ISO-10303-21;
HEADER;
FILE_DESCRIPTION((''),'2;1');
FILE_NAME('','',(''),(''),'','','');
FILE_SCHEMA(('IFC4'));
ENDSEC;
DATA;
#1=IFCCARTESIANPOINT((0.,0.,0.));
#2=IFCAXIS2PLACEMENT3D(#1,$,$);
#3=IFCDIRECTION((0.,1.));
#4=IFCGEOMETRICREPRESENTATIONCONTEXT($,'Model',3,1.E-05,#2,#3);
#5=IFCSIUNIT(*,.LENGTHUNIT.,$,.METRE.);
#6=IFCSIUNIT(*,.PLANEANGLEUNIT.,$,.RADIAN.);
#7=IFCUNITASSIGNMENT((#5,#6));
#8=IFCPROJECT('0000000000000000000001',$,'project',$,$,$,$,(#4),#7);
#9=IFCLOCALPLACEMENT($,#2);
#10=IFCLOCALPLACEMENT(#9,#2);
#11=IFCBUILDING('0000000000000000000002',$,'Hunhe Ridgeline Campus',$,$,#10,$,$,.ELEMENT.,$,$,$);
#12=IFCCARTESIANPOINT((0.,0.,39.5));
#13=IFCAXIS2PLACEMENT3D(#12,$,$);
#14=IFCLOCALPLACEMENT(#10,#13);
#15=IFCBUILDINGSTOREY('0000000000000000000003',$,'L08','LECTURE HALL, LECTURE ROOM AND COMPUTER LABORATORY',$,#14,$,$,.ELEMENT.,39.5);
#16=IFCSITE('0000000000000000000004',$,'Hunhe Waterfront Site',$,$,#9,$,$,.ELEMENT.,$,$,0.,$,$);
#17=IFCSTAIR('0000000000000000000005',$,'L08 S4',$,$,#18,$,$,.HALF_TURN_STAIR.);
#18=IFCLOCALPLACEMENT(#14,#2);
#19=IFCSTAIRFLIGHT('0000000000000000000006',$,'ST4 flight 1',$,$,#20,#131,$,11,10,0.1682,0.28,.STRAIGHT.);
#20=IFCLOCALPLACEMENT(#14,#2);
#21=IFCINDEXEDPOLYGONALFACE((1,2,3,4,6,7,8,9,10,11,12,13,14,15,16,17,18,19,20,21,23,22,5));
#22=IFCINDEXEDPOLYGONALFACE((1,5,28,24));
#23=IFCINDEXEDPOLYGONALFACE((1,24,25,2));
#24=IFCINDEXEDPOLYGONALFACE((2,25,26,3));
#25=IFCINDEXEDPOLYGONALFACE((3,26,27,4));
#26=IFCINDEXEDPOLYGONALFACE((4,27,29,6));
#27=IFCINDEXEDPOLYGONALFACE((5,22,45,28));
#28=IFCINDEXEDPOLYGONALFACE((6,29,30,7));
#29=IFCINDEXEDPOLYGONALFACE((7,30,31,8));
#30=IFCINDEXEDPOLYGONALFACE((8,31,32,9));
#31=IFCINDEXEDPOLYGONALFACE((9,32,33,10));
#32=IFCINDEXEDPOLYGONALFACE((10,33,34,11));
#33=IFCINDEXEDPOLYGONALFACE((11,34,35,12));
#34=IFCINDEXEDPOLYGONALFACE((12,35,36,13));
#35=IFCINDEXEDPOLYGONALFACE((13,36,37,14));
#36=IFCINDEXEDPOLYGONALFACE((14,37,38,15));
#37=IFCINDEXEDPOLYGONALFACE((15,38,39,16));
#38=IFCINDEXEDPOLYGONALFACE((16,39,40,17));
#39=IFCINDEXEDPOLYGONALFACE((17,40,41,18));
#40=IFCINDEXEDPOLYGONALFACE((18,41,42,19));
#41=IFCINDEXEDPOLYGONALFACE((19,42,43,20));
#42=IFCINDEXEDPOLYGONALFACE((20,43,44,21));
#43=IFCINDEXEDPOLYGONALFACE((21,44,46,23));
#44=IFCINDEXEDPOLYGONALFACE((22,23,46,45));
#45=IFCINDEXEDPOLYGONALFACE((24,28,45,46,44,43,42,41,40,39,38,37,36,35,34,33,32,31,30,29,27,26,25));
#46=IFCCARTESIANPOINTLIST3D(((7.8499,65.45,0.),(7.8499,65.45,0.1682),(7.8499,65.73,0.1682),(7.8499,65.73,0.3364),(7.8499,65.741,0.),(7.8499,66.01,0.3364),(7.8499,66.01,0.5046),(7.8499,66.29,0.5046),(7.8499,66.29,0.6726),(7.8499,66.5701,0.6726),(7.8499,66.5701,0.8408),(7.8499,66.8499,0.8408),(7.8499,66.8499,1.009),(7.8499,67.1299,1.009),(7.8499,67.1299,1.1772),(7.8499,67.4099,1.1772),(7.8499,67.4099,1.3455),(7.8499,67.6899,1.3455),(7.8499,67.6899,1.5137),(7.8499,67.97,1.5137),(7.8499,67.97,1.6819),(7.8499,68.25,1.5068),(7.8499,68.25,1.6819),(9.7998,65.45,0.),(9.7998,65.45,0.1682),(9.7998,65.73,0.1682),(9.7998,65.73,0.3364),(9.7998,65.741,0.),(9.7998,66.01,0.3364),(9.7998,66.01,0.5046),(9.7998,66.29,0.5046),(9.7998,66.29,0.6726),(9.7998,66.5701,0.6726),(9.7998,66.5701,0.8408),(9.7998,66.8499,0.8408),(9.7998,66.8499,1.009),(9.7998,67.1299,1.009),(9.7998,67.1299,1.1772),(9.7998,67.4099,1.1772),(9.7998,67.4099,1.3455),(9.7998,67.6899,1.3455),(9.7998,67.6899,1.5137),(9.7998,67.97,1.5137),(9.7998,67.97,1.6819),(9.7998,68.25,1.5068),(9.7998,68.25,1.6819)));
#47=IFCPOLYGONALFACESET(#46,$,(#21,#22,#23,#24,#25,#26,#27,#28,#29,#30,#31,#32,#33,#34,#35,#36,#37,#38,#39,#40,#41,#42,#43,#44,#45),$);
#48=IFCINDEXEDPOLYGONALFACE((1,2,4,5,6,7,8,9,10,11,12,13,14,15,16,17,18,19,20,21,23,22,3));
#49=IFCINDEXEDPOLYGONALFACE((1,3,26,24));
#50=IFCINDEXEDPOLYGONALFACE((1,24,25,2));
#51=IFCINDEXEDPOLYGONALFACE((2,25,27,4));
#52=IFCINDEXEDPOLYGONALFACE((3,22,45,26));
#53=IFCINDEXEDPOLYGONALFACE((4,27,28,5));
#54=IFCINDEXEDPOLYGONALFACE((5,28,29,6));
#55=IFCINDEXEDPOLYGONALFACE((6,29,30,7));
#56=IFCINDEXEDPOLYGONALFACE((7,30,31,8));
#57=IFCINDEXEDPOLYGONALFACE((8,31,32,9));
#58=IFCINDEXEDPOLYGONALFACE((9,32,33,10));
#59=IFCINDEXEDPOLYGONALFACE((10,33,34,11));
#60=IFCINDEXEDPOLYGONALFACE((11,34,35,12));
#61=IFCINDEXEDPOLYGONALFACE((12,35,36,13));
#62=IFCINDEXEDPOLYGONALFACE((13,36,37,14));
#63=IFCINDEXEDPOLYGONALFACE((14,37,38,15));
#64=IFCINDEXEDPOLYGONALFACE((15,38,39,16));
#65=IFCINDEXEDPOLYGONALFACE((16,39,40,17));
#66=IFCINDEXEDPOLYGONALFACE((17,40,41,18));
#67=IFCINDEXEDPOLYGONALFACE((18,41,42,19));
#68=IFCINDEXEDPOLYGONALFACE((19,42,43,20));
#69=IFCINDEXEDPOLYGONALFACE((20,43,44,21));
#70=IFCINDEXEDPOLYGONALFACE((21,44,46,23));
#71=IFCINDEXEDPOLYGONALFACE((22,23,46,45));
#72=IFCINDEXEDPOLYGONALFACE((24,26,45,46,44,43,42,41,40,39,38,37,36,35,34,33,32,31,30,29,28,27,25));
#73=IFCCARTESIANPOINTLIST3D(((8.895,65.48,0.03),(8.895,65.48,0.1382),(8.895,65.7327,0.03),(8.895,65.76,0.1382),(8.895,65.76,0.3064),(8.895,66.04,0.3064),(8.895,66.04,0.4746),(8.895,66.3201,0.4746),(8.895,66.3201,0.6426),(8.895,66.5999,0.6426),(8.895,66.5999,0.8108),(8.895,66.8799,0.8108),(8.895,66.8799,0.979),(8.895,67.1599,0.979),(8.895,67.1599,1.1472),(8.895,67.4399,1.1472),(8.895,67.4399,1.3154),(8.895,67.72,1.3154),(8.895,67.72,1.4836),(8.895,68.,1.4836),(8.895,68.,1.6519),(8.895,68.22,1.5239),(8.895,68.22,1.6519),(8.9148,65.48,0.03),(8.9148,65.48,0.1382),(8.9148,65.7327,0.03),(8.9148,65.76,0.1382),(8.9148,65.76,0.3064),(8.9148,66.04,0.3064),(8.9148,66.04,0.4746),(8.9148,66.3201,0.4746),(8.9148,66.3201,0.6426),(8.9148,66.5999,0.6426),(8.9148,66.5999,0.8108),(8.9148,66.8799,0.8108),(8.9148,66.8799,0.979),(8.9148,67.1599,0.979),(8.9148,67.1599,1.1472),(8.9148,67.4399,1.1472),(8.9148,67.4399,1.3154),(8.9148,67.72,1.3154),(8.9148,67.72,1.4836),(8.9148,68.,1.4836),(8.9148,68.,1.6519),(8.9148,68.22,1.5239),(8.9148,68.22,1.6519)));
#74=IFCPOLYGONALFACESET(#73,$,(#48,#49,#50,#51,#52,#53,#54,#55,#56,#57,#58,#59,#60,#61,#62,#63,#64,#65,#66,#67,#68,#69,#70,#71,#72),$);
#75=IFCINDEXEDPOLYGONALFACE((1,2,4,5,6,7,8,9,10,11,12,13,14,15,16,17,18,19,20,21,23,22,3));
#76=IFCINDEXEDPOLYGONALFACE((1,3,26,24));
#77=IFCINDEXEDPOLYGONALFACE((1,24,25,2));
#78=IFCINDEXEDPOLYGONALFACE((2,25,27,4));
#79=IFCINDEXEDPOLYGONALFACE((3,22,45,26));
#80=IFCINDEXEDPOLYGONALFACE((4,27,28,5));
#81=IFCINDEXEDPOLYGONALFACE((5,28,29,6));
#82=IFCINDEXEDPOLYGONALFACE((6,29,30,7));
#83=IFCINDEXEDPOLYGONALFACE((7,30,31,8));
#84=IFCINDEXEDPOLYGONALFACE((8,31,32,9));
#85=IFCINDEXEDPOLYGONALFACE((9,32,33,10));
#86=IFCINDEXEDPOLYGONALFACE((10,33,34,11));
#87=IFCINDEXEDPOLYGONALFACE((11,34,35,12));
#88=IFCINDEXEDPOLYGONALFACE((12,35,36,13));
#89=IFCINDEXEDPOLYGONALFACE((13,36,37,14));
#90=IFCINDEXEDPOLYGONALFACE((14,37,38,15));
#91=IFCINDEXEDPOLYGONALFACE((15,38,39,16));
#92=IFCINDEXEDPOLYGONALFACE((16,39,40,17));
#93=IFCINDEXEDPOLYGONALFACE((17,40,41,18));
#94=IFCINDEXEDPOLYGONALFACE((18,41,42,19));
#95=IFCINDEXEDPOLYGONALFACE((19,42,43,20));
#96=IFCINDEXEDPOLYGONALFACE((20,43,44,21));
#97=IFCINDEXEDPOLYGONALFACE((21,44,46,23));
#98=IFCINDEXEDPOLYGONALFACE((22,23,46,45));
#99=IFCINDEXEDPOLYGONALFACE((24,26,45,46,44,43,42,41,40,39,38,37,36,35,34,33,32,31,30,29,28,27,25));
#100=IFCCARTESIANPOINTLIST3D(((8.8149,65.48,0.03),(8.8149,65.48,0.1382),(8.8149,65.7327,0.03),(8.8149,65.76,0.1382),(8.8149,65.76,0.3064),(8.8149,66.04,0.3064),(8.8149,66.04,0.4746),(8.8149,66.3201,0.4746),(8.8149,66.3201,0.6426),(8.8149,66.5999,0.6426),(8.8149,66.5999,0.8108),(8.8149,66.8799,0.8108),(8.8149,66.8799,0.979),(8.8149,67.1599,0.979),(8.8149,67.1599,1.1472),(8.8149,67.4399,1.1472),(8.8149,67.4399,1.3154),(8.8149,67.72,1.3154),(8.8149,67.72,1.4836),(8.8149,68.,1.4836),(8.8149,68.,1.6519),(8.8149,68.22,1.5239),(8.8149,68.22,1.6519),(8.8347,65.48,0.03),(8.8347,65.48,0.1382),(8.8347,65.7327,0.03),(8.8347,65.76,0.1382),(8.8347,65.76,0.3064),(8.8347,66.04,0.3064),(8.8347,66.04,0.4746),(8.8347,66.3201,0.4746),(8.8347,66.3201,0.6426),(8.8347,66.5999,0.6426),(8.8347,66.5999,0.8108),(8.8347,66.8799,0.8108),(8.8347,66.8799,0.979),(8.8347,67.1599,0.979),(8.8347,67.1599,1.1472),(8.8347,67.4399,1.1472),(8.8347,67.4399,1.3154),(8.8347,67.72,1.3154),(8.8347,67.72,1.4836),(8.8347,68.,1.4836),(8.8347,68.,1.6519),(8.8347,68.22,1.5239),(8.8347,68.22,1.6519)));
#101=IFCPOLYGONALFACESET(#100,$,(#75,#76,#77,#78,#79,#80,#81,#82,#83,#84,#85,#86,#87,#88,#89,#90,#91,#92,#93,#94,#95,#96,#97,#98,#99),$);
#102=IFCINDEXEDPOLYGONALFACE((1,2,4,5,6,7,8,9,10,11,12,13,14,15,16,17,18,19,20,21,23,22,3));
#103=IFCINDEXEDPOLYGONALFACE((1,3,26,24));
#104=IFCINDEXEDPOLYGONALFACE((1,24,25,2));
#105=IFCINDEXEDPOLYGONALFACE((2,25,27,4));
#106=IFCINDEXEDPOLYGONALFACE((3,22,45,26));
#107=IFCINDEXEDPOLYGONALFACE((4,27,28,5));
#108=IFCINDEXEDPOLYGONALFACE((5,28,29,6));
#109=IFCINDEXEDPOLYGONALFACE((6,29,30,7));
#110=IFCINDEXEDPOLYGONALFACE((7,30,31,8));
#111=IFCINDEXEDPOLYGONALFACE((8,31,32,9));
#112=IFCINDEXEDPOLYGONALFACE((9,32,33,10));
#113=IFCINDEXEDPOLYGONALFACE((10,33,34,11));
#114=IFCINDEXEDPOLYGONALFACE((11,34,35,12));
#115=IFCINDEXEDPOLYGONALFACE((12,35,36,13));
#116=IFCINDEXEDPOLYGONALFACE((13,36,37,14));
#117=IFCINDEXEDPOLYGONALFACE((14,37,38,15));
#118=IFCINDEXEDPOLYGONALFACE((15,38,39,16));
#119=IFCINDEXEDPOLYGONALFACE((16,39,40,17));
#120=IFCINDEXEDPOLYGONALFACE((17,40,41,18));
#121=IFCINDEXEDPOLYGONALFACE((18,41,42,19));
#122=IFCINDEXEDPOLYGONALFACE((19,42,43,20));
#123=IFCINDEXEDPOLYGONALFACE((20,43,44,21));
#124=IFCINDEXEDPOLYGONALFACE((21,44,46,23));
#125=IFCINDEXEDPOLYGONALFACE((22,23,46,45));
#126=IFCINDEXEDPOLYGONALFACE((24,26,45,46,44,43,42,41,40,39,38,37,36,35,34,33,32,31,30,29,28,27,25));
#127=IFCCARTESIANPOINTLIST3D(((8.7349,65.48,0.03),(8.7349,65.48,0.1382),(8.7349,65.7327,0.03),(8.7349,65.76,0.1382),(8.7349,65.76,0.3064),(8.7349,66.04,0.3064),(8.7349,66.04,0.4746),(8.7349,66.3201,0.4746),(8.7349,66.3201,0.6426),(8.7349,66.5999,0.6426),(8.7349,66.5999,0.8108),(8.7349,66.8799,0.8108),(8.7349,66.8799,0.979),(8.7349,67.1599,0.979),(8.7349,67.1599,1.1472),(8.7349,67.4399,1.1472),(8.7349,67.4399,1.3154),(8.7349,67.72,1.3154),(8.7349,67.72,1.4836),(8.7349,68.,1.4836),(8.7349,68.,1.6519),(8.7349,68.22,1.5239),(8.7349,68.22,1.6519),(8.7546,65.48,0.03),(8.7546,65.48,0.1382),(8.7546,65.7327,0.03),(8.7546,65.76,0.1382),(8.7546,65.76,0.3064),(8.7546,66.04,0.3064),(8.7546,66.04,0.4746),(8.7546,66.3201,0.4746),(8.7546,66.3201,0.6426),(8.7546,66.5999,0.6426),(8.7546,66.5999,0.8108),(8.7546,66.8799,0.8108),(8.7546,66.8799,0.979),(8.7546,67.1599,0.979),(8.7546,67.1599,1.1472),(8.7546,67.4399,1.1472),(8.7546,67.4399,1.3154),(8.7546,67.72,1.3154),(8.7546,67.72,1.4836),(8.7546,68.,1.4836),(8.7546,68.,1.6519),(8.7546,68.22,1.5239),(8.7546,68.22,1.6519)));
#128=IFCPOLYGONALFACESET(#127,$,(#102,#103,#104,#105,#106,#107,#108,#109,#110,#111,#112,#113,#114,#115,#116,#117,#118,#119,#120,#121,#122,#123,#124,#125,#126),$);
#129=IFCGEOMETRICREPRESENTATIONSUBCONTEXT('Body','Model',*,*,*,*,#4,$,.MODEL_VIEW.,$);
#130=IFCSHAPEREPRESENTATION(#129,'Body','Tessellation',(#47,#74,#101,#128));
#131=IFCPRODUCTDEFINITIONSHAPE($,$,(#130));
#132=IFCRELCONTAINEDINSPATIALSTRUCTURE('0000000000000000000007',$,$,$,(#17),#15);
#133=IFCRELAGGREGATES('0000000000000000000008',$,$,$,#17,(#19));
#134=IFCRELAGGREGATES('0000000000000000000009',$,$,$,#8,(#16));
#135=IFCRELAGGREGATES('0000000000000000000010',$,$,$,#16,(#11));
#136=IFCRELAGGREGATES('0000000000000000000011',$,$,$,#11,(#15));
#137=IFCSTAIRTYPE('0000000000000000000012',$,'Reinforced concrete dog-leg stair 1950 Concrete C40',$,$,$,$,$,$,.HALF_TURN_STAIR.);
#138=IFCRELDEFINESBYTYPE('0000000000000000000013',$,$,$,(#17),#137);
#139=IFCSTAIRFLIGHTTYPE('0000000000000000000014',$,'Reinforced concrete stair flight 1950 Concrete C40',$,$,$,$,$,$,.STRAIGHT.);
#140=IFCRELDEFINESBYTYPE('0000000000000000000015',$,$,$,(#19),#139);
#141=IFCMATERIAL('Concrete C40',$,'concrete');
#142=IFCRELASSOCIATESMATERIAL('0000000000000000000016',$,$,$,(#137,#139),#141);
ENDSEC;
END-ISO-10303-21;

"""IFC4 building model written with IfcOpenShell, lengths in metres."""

from ifc_helpers import new_model, si_unit, direction, frame, origin, place, context, subcontext, project, spatial, polyline, outline, extrude, material, type_object, element, aggregate, save


model = new_model("IFC4")

# Units and contexts
model_context = context("Model", 3, precision=1e-05, world=origin(), true_north=direction((0.0, 1.0)))
body_context = subcontext(model_context, "Body", "Model", "MODEL_VIEW")
ifc_project = project(units=[si_unit("LENGTHUNIT", "METRE"), si_unit("PLANEANGLEUNIT", "RADIAN")], contexts=[model_context])

# Site, building, storey
site_placement = place(None, origin())
site = spatial("IfcSite", under=ifc_project, at=site_placement, Name="Hunhe Waterfront Site", CompositionType="ELEMENT", RefElevation=0.0)
building_placement = place(site_placement, origin())
building = spatial("IfcBuilding", under=site, at=building_placement, Name="Hunhe Ridgeline Campus", CompositionType="ELEMENT")
storey_placement = place(building_placement, frame((0.0, 0.0, 39.5)))
storey = spatial("IfcBuildingStorey", under=building, at=storey_placement, Name="L08", Description="LECTURE HALL, LECTURE ROOM AND COMPUTER LABORATORY", CompositionType="ELEMENT", Elevation=39.5)

# Shared definitions
ifc_material_1 = material(Name="Concrete C40", Category="concrete")
stair_type = type_object("IfcStairType", Name="Reinforced concrete dog-leg stair 1950 Concrete C40", PredefinedType="HALF_TURN_STAIR", material=ifc_material_1)
stair_flight_type = type_object("IfcStairFlightType", Name="Reinforced concrete stair flight 1950 Concrete C40", PredefinedType="STRAIGHT", material=ifc_material_1)

# Stair, stair flight
stair_1_placement = place(storey_placement, origin())
stair_1 = element("IfcStair", 1, at=stair_1_placement, inside=storey, type_object=stair_type, Name="L08 S4", PredefinedType="HALF_TURN_STAIR")
stair_flight_1_placement = place(storey_placement, frame((8.825, 65.45, 0.0), z_axis=(0.0, 0.0, 1.0), x_axis=(0.0, 1.0, 0.0)))
stair_flight_1 = element("IfcStairFlight", 2, at=stair_flight_1_placement, type_object=stair_flight_type, Name="ST4 flight 1", NumberOfRisers=11, NumberOfTreads=10, PredefinedType="STRAIGHT", RiserHeight=0.1682, TreadLength=0.28, context=body_context, shape_type="SweptSolid", body=[
    extrude(outline(polyline([(0.0, 0.0), (0.0, 0.1682), (0.28, 0.1682), (0.28, 0.3364), (0.5601, 0.3364), (0.5601, 0.5046), (0.8401, 0.5046), (0.8401, 0.6726), (1.1201, 0.6726), (1.1201, 0.8408), (1.3999, 0.8408), (1.3999, 1.009), (1.6799, 1.009), (1.6799, 1.1772), (1.96, 1.1772), (1.96, 1.3455), (2.24, 1.3455), (2.24, 1.5137), (2.52, 1.5137), (2.52, 1.6819), (2.8, 1.6819), (2.8, 1.8501), (2.8, 1.5068), (0.291, 0.0), (0.0, 0.0)])), frame((0.0, 0.9751, 0.0), z_axis=(0.0, -1.0, 0.0), x_axis=(1.0, 0.0, 0.0)), (0.0, 0.0, 1.0), 1.95),
    extrude(outline(polyline([(0.03, 0.03), (0.03, 0.1382), (0.3101, 0.1382), (0.3101, 0.3064), (0.5901, 0.3064), (0.5901, 0.4746), (0.8701, 0.4746), (0.8701, 0.6426), (1.1499, 0.6426), (1.1499, 0.8108), (1.4299, 0.8108), (1.4299, 0.979), (1.71, 0.979), (1.71, 1.1472), (1.99, 1.1472), (1.99, 1.3154), (2.27, 1.3154), (2.27, 1.4836), (2.55, 1.4836), (2.55, 1.6519), (2.77, 1.6519), (2.77, 1.5239), (0.2827, 0.03), (0.03, 0.03)])), frame((0.0, -0.0701, 0.0), z_axis=(0.0, -1.0, 0.0), x_axis=(1.0, 0.0, 0.0)), (0.0, 0.0, 1.0), 0.0198),
    extrude(outline(polyline([(0.03, 0.03), (0.03, 0.1382), (0.3101, 0.1382), (0.3101, 0.3064), (0.5901, 0.3064), (0.5901, 0.4746), (0.8701, 0.4746), (0.8701, 0.6426), (1.1499, 0.6426), (1.1499, 0.8108), (1.4299, 0.8108), (1.4299, 0.979), (1.71, 0.979), (1.71, 1.1472), (1.99, 1.1472), (1.99, 1.3154), (2.27, 1.3154), (2.27, 1.4836), (2.55, 1.4836), (2.55, 1.6519), (2.77, 1.6519), (2.77, 1.5239), (0.2827, 0.03), (0.03, 0.03)])), frame((0.0, 0.01, 0.0), z_axis=(0.0, -1.0, 0.0), x_axis=(1.0, 0.0, 0.0)), (0.0, 0.0, 1.0), 0.0198),
    extrude(outline(polyline([(0.03, 0.03), (0.03, 0.1382), (0.3101, 0.1382), (0.3101, 0.3064), (0.5901, 0.3064), (0.5901, 0.4746), (0.8701, 0.4746), (0.8701, 0.6426), (1.1499, 0.6426), (1.1499, 0.8108), (1.4299, 0.8108), (1.4299, 0.979), (1.71, 0.979), (1.71, 1.1472), (1.99, 1.1472), (1.99, 1.3154), (2.27, 1.3154), (2.27, 1.4836), (2.55, 1.4836), (2.55, 1.6519), (2.77, 1.6519), (2.77, 1.5239), (0.2827, 0.03), (0.03, 0.03)])), frame((0.0, 0.0901, 0.0), z_axis=(0.0, -1.0, 0.0), x_axis=(1.0, 0.0, 0.0)), (0.0, 0.0, 1.0), 0.0198),
])
aggregate(stair_1, [stair_flight_1])

save(model, "model.ifc")
